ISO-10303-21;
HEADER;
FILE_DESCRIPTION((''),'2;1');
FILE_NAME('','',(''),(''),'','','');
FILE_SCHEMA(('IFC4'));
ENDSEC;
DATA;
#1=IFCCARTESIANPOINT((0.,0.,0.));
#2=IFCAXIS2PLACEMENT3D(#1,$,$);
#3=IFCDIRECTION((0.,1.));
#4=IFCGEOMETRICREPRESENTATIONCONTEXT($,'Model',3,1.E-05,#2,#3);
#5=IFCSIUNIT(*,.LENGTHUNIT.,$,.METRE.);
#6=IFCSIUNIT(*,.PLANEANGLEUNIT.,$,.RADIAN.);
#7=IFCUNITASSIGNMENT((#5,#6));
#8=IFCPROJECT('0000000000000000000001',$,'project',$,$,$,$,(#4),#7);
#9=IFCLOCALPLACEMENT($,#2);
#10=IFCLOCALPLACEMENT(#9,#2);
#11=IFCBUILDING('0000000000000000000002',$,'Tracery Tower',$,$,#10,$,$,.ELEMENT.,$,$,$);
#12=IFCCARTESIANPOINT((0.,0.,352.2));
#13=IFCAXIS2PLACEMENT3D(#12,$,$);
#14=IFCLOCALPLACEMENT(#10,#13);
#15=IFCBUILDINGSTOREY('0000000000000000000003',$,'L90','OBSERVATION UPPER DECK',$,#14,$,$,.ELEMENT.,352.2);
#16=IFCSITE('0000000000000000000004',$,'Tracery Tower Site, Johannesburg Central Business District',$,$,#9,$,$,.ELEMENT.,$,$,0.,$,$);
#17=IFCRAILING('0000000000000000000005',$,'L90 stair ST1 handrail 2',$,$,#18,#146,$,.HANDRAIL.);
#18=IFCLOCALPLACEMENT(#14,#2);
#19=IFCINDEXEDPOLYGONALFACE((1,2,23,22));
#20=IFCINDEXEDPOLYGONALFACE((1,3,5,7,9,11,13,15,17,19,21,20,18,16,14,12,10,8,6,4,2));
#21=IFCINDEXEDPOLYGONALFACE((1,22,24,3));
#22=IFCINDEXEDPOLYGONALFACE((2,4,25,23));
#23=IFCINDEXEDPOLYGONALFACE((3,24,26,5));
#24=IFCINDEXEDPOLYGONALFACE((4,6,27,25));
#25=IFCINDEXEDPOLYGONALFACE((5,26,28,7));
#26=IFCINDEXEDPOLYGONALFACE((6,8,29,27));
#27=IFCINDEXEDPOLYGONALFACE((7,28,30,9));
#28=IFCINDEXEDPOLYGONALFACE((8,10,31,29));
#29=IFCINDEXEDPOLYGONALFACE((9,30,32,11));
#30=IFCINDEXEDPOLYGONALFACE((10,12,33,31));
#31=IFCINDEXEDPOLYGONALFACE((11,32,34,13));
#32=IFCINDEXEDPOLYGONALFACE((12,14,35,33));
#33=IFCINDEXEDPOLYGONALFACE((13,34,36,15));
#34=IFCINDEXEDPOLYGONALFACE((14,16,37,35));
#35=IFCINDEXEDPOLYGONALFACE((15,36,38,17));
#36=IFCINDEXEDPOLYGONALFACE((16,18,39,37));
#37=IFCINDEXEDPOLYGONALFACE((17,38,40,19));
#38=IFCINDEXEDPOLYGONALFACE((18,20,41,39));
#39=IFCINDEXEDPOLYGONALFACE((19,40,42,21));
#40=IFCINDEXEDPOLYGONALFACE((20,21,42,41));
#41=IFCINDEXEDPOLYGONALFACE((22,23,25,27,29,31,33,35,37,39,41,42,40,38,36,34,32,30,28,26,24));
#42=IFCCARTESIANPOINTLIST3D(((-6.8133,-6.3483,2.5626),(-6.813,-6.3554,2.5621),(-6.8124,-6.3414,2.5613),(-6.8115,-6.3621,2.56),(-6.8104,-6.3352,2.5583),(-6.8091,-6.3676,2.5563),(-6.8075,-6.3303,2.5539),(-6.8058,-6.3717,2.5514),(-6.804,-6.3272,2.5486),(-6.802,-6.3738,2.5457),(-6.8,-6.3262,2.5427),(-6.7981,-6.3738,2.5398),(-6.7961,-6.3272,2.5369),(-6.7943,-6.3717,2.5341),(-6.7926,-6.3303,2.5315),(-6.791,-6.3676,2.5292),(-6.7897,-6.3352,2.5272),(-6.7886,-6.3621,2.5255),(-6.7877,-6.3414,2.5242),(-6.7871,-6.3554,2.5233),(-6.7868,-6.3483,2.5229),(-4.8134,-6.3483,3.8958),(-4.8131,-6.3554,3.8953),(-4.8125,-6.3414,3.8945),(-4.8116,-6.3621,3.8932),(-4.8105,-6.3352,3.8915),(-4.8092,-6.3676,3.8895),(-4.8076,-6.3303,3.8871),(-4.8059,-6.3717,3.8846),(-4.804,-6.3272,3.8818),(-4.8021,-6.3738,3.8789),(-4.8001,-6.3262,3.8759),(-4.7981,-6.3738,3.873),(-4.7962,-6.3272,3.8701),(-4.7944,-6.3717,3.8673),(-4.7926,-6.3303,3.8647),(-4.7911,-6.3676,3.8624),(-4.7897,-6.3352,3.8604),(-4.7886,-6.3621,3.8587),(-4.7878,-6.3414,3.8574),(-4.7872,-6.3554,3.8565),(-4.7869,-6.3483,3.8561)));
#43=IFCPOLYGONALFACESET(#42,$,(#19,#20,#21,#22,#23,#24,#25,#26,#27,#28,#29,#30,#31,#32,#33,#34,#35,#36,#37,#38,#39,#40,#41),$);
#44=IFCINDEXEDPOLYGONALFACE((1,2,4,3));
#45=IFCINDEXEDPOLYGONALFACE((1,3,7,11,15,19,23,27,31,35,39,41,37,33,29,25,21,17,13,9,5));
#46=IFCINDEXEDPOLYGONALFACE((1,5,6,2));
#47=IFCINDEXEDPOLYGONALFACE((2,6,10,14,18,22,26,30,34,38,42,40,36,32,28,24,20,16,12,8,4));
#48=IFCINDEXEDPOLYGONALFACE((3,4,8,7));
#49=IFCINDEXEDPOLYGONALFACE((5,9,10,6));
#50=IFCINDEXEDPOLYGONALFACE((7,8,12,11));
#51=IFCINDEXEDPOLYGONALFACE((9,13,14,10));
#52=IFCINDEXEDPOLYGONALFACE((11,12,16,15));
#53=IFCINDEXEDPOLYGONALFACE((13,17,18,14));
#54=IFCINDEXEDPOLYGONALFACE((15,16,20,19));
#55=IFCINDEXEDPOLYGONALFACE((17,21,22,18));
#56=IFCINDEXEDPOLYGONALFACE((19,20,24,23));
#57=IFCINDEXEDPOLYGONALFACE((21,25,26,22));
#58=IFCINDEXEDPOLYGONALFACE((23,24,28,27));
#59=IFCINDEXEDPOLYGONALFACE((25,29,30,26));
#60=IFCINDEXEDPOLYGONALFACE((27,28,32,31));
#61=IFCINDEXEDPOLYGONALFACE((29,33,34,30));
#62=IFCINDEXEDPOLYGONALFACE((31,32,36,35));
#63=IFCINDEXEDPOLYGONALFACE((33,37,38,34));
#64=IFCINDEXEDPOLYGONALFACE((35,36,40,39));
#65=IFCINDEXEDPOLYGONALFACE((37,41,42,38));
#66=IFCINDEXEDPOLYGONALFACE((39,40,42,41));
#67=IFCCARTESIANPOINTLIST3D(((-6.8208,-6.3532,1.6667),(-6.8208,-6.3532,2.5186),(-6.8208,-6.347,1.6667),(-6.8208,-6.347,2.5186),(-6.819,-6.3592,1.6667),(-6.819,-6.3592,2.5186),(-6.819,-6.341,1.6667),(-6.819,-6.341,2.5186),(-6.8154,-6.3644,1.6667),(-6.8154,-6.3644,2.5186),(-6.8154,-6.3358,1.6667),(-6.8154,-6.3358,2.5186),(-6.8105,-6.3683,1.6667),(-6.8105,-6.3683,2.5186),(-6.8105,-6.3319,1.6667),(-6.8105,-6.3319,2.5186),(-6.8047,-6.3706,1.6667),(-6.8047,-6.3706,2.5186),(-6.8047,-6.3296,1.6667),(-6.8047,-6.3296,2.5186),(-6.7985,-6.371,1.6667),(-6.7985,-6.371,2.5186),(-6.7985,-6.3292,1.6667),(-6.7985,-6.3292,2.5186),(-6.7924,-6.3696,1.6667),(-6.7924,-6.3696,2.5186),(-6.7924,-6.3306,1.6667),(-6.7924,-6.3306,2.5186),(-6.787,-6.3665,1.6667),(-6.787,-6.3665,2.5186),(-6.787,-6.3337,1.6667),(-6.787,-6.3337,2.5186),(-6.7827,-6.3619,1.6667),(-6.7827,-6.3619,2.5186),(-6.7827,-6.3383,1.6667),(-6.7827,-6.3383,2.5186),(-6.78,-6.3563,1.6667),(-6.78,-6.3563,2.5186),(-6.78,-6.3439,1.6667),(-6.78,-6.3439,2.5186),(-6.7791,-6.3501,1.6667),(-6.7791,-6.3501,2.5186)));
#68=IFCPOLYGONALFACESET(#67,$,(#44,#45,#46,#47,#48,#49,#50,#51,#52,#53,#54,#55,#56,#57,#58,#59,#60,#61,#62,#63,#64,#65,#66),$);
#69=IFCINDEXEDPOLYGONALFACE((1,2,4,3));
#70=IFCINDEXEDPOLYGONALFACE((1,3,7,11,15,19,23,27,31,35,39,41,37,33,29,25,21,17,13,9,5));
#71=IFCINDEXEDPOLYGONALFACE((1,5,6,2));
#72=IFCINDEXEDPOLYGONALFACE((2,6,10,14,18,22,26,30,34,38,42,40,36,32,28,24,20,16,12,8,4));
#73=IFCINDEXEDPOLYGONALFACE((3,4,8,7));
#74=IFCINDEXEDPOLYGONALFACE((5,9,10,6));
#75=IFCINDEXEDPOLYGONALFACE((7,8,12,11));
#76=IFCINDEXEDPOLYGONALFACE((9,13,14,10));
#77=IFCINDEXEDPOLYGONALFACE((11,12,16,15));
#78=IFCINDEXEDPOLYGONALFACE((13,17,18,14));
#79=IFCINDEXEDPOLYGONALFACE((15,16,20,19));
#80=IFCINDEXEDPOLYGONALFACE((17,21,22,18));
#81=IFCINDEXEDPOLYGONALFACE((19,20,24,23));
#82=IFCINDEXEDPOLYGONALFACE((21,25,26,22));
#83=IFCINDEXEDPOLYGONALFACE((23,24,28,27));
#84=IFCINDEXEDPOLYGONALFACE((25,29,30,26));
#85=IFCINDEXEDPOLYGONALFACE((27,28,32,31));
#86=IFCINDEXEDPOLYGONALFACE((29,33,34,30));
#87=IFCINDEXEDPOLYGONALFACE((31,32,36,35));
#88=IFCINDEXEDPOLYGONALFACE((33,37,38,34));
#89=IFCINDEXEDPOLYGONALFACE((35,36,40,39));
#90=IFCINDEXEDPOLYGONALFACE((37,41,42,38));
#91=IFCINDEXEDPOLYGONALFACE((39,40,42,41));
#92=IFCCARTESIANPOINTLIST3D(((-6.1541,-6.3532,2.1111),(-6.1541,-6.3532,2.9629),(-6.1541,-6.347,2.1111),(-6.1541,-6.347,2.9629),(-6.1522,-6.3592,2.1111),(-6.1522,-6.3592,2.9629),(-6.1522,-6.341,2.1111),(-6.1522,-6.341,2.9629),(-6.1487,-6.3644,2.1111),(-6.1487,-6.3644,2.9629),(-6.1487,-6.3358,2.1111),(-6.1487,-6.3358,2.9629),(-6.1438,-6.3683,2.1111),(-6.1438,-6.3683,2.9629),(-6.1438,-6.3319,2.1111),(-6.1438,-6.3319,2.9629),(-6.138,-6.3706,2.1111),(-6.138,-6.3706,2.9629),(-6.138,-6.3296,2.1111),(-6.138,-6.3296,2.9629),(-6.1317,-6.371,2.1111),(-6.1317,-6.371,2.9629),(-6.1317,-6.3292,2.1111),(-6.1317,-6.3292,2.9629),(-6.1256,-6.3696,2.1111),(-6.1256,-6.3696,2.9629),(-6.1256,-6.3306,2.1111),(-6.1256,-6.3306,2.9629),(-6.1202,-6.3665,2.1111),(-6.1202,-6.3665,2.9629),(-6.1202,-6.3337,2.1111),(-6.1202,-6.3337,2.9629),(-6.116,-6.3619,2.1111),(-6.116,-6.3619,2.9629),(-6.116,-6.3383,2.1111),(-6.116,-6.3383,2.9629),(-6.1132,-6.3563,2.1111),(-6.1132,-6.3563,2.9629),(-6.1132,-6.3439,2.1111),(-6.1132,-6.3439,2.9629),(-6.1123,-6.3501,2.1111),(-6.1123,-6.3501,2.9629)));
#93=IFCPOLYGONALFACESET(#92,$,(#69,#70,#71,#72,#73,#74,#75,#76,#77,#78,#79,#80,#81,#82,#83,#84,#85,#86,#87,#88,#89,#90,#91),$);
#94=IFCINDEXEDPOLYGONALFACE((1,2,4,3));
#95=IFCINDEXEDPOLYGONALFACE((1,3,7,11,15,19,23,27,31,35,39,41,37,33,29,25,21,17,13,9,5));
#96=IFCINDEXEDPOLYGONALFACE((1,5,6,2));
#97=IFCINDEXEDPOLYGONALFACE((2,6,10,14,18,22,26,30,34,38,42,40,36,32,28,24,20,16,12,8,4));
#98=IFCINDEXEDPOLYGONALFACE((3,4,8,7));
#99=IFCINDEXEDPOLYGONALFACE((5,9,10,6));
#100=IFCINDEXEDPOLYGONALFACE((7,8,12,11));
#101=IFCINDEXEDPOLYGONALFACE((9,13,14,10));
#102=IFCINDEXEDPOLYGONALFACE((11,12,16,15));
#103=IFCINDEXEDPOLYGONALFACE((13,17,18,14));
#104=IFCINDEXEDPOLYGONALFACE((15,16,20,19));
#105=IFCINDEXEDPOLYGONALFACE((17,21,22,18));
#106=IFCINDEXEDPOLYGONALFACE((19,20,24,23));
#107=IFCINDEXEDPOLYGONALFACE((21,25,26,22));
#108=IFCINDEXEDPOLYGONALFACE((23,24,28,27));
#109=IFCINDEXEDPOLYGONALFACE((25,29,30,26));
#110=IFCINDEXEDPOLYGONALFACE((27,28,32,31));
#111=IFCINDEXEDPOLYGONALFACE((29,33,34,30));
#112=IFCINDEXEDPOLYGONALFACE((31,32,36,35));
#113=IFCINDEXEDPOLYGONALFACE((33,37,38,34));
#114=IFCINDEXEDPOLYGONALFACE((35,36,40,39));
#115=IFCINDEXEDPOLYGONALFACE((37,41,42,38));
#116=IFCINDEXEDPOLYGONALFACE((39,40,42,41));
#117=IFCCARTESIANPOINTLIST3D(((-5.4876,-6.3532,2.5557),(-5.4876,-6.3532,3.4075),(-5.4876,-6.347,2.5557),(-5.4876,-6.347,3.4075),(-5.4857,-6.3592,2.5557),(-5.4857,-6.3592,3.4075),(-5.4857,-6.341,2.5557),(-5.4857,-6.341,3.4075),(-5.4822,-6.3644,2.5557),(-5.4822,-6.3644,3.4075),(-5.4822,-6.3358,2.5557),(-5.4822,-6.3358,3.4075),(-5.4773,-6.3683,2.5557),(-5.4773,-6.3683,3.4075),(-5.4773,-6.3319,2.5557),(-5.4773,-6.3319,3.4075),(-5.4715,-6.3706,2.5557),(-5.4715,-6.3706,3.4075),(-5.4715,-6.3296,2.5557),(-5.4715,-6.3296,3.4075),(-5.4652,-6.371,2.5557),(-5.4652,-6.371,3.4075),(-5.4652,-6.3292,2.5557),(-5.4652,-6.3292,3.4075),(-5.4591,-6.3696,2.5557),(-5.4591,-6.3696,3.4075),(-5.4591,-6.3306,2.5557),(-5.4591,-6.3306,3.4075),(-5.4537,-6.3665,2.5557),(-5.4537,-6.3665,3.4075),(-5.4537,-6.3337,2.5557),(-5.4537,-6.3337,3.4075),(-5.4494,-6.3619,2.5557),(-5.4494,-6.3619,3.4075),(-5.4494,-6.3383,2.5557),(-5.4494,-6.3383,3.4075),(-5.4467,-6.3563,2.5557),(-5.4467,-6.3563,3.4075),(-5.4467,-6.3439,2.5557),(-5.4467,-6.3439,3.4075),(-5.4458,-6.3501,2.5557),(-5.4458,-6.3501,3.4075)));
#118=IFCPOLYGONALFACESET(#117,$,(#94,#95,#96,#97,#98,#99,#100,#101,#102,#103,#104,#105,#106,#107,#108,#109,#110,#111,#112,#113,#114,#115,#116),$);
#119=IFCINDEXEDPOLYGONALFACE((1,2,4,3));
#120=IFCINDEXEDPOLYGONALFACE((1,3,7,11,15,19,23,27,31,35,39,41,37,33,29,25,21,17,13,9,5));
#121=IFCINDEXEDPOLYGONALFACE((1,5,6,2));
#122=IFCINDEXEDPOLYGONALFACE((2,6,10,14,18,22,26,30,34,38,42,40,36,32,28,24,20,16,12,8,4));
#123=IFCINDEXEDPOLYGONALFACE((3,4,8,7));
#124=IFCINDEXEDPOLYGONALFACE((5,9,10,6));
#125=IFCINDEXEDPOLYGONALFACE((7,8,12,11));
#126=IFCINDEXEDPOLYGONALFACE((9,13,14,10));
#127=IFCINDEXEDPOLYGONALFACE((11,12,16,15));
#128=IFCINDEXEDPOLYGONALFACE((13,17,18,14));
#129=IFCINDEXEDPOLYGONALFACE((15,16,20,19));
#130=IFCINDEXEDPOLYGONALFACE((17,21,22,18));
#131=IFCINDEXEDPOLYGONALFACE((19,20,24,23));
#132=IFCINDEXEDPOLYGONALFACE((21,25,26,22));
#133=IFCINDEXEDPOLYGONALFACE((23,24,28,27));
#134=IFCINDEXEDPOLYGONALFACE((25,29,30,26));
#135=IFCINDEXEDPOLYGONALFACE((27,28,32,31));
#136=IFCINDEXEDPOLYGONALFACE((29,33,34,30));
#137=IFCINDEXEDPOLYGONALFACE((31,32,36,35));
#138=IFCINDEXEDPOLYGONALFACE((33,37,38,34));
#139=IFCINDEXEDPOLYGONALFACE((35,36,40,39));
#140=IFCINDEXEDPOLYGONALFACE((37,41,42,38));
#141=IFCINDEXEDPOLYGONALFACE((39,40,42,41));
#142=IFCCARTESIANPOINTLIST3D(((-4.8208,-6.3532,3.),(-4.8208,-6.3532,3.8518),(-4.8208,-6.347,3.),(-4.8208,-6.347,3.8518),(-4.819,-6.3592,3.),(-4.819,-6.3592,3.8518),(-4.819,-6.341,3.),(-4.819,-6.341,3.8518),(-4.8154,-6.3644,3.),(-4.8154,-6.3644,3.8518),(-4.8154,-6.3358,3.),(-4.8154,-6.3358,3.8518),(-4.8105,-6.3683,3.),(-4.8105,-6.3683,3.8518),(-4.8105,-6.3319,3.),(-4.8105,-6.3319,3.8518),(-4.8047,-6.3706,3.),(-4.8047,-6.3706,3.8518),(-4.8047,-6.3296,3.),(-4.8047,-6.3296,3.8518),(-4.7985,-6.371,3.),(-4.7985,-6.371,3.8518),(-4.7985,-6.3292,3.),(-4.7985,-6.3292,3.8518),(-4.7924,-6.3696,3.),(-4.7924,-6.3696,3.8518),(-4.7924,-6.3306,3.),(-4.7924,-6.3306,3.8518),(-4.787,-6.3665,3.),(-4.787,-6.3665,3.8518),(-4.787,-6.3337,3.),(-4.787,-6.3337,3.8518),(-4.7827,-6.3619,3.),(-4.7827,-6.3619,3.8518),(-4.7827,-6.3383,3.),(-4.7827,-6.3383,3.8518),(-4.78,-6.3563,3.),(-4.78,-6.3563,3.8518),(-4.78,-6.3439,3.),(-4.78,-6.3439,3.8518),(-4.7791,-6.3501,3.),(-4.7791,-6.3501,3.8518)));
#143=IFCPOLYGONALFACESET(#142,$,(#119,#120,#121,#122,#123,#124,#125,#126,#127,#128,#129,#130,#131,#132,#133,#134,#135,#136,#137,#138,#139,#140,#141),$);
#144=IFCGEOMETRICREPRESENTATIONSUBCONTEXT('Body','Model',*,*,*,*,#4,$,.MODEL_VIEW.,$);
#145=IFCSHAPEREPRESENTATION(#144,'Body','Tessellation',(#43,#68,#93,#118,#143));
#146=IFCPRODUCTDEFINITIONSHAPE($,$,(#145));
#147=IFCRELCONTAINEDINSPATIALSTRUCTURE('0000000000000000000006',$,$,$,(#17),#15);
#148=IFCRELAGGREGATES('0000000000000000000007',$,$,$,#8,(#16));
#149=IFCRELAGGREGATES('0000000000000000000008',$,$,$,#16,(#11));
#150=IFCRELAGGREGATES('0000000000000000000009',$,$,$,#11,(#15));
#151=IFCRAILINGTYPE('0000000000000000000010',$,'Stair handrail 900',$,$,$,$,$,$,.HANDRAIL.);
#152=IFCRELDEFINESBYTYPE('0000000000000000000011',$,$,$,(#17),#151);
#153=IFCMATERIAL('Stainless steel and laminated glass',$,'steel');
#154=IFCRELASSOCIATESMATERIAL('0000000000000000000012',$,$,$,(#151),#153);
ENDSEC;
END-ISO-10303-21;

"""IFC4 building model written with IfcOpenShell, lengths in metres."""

from ifc_helpers import new_model, si_unit, direction, frame, origin, origin_2d, place, context, subcontext, project, spatial, circle, extrude, material, type_object, element, save


model = new_model("IFC4")

# Units and contexts
model_context = context("Model", 3, precision=1e-05, world=origin(), true_north=direction((0.0, 1.0)))
body_context = subcontext(model_context, "Body", "Model", "MODEL_VIEW")
ifc_project = project(units=[si_unit("LENGTHUNIT", "METRE"), si_unit("PLANEANGLEUNIT", "RADIAN")], contexts=[model_context])

# Site, building, storey
site_placement = place(None, origin())
site = spatial("IfcSite", under=ifc_project, at=site_placement, Name="Tracery Tower Site, Johannesburg Central Business District", CompositionType="ELEMENT", RefElevation=0.0)
building_placement = place(site_placement, origin())
building = spatial("IfcBuilding", under=site, at=building_placement, Name="Tracery Tower", CompositionType="ELEMENT")
storey_placement = place(building_placement, frame((0.0, 0.0, 352.2)))
storey = spatial("IfcBuildingStorey", under=building, at=storey_placement, Name="L90", Description="OBSERVATION UPPER DECK", CompositionType="ELEMENT", Elevation=352.2)

# Railing
ifc_material_1 = material(Name="Stainless steel and laminated glass", Category="steel")
railing_type = type_object("IfcRailingType", Name="Stair handrail 900", PredefinedType="HANDRAIL", material=ifc_material_1)
for number, where, name in (
    (1, (-6.8, -6.3501, 1.6667), "L90 stair ST1 handrail 2"),
):
    element("IfcRailing", number, at=place(storey_placement, frame(where)), inside=storey, type_object=railing_type, Name=name, PredefinedType="HANDRAIL", context=body_context, shape_type="SweptSolid", body=[
        extrude(circle(Radius=0.0239, at=origin_2d()), frame((0.0, 0.0, 0.876), z_axis=(0.832066, 0.0, 0.554677), x_axis=(0.0, 1.0, 0.0)), (0.0, 0.0, 1.0), 2.4036),
        extrude(circle(Radius=0.021, at=origin_2d()), origin(), (0.0, 0.0, 1.0), 0.8518),
        extrude(circle(Radius=0.021, at=origin_2d()), frame((0.6667, 0.0, 0.4443)), (0.0, 0.0, 1.0), 0.8518),
        extrude(circle(Radius=0.021, at=origin_2d()), frame((1.3333, 0.0, 0.8889)), (0.0, 0.0, 1.0), 0.8518),
        extrude(circle(Radius=0.021, at=origin_2d()), frame((2.0, 0.0, 1.3333)), (0.0, 0.0, 1.0), 0.8518),
    ])

save(model, "model.ifc")
